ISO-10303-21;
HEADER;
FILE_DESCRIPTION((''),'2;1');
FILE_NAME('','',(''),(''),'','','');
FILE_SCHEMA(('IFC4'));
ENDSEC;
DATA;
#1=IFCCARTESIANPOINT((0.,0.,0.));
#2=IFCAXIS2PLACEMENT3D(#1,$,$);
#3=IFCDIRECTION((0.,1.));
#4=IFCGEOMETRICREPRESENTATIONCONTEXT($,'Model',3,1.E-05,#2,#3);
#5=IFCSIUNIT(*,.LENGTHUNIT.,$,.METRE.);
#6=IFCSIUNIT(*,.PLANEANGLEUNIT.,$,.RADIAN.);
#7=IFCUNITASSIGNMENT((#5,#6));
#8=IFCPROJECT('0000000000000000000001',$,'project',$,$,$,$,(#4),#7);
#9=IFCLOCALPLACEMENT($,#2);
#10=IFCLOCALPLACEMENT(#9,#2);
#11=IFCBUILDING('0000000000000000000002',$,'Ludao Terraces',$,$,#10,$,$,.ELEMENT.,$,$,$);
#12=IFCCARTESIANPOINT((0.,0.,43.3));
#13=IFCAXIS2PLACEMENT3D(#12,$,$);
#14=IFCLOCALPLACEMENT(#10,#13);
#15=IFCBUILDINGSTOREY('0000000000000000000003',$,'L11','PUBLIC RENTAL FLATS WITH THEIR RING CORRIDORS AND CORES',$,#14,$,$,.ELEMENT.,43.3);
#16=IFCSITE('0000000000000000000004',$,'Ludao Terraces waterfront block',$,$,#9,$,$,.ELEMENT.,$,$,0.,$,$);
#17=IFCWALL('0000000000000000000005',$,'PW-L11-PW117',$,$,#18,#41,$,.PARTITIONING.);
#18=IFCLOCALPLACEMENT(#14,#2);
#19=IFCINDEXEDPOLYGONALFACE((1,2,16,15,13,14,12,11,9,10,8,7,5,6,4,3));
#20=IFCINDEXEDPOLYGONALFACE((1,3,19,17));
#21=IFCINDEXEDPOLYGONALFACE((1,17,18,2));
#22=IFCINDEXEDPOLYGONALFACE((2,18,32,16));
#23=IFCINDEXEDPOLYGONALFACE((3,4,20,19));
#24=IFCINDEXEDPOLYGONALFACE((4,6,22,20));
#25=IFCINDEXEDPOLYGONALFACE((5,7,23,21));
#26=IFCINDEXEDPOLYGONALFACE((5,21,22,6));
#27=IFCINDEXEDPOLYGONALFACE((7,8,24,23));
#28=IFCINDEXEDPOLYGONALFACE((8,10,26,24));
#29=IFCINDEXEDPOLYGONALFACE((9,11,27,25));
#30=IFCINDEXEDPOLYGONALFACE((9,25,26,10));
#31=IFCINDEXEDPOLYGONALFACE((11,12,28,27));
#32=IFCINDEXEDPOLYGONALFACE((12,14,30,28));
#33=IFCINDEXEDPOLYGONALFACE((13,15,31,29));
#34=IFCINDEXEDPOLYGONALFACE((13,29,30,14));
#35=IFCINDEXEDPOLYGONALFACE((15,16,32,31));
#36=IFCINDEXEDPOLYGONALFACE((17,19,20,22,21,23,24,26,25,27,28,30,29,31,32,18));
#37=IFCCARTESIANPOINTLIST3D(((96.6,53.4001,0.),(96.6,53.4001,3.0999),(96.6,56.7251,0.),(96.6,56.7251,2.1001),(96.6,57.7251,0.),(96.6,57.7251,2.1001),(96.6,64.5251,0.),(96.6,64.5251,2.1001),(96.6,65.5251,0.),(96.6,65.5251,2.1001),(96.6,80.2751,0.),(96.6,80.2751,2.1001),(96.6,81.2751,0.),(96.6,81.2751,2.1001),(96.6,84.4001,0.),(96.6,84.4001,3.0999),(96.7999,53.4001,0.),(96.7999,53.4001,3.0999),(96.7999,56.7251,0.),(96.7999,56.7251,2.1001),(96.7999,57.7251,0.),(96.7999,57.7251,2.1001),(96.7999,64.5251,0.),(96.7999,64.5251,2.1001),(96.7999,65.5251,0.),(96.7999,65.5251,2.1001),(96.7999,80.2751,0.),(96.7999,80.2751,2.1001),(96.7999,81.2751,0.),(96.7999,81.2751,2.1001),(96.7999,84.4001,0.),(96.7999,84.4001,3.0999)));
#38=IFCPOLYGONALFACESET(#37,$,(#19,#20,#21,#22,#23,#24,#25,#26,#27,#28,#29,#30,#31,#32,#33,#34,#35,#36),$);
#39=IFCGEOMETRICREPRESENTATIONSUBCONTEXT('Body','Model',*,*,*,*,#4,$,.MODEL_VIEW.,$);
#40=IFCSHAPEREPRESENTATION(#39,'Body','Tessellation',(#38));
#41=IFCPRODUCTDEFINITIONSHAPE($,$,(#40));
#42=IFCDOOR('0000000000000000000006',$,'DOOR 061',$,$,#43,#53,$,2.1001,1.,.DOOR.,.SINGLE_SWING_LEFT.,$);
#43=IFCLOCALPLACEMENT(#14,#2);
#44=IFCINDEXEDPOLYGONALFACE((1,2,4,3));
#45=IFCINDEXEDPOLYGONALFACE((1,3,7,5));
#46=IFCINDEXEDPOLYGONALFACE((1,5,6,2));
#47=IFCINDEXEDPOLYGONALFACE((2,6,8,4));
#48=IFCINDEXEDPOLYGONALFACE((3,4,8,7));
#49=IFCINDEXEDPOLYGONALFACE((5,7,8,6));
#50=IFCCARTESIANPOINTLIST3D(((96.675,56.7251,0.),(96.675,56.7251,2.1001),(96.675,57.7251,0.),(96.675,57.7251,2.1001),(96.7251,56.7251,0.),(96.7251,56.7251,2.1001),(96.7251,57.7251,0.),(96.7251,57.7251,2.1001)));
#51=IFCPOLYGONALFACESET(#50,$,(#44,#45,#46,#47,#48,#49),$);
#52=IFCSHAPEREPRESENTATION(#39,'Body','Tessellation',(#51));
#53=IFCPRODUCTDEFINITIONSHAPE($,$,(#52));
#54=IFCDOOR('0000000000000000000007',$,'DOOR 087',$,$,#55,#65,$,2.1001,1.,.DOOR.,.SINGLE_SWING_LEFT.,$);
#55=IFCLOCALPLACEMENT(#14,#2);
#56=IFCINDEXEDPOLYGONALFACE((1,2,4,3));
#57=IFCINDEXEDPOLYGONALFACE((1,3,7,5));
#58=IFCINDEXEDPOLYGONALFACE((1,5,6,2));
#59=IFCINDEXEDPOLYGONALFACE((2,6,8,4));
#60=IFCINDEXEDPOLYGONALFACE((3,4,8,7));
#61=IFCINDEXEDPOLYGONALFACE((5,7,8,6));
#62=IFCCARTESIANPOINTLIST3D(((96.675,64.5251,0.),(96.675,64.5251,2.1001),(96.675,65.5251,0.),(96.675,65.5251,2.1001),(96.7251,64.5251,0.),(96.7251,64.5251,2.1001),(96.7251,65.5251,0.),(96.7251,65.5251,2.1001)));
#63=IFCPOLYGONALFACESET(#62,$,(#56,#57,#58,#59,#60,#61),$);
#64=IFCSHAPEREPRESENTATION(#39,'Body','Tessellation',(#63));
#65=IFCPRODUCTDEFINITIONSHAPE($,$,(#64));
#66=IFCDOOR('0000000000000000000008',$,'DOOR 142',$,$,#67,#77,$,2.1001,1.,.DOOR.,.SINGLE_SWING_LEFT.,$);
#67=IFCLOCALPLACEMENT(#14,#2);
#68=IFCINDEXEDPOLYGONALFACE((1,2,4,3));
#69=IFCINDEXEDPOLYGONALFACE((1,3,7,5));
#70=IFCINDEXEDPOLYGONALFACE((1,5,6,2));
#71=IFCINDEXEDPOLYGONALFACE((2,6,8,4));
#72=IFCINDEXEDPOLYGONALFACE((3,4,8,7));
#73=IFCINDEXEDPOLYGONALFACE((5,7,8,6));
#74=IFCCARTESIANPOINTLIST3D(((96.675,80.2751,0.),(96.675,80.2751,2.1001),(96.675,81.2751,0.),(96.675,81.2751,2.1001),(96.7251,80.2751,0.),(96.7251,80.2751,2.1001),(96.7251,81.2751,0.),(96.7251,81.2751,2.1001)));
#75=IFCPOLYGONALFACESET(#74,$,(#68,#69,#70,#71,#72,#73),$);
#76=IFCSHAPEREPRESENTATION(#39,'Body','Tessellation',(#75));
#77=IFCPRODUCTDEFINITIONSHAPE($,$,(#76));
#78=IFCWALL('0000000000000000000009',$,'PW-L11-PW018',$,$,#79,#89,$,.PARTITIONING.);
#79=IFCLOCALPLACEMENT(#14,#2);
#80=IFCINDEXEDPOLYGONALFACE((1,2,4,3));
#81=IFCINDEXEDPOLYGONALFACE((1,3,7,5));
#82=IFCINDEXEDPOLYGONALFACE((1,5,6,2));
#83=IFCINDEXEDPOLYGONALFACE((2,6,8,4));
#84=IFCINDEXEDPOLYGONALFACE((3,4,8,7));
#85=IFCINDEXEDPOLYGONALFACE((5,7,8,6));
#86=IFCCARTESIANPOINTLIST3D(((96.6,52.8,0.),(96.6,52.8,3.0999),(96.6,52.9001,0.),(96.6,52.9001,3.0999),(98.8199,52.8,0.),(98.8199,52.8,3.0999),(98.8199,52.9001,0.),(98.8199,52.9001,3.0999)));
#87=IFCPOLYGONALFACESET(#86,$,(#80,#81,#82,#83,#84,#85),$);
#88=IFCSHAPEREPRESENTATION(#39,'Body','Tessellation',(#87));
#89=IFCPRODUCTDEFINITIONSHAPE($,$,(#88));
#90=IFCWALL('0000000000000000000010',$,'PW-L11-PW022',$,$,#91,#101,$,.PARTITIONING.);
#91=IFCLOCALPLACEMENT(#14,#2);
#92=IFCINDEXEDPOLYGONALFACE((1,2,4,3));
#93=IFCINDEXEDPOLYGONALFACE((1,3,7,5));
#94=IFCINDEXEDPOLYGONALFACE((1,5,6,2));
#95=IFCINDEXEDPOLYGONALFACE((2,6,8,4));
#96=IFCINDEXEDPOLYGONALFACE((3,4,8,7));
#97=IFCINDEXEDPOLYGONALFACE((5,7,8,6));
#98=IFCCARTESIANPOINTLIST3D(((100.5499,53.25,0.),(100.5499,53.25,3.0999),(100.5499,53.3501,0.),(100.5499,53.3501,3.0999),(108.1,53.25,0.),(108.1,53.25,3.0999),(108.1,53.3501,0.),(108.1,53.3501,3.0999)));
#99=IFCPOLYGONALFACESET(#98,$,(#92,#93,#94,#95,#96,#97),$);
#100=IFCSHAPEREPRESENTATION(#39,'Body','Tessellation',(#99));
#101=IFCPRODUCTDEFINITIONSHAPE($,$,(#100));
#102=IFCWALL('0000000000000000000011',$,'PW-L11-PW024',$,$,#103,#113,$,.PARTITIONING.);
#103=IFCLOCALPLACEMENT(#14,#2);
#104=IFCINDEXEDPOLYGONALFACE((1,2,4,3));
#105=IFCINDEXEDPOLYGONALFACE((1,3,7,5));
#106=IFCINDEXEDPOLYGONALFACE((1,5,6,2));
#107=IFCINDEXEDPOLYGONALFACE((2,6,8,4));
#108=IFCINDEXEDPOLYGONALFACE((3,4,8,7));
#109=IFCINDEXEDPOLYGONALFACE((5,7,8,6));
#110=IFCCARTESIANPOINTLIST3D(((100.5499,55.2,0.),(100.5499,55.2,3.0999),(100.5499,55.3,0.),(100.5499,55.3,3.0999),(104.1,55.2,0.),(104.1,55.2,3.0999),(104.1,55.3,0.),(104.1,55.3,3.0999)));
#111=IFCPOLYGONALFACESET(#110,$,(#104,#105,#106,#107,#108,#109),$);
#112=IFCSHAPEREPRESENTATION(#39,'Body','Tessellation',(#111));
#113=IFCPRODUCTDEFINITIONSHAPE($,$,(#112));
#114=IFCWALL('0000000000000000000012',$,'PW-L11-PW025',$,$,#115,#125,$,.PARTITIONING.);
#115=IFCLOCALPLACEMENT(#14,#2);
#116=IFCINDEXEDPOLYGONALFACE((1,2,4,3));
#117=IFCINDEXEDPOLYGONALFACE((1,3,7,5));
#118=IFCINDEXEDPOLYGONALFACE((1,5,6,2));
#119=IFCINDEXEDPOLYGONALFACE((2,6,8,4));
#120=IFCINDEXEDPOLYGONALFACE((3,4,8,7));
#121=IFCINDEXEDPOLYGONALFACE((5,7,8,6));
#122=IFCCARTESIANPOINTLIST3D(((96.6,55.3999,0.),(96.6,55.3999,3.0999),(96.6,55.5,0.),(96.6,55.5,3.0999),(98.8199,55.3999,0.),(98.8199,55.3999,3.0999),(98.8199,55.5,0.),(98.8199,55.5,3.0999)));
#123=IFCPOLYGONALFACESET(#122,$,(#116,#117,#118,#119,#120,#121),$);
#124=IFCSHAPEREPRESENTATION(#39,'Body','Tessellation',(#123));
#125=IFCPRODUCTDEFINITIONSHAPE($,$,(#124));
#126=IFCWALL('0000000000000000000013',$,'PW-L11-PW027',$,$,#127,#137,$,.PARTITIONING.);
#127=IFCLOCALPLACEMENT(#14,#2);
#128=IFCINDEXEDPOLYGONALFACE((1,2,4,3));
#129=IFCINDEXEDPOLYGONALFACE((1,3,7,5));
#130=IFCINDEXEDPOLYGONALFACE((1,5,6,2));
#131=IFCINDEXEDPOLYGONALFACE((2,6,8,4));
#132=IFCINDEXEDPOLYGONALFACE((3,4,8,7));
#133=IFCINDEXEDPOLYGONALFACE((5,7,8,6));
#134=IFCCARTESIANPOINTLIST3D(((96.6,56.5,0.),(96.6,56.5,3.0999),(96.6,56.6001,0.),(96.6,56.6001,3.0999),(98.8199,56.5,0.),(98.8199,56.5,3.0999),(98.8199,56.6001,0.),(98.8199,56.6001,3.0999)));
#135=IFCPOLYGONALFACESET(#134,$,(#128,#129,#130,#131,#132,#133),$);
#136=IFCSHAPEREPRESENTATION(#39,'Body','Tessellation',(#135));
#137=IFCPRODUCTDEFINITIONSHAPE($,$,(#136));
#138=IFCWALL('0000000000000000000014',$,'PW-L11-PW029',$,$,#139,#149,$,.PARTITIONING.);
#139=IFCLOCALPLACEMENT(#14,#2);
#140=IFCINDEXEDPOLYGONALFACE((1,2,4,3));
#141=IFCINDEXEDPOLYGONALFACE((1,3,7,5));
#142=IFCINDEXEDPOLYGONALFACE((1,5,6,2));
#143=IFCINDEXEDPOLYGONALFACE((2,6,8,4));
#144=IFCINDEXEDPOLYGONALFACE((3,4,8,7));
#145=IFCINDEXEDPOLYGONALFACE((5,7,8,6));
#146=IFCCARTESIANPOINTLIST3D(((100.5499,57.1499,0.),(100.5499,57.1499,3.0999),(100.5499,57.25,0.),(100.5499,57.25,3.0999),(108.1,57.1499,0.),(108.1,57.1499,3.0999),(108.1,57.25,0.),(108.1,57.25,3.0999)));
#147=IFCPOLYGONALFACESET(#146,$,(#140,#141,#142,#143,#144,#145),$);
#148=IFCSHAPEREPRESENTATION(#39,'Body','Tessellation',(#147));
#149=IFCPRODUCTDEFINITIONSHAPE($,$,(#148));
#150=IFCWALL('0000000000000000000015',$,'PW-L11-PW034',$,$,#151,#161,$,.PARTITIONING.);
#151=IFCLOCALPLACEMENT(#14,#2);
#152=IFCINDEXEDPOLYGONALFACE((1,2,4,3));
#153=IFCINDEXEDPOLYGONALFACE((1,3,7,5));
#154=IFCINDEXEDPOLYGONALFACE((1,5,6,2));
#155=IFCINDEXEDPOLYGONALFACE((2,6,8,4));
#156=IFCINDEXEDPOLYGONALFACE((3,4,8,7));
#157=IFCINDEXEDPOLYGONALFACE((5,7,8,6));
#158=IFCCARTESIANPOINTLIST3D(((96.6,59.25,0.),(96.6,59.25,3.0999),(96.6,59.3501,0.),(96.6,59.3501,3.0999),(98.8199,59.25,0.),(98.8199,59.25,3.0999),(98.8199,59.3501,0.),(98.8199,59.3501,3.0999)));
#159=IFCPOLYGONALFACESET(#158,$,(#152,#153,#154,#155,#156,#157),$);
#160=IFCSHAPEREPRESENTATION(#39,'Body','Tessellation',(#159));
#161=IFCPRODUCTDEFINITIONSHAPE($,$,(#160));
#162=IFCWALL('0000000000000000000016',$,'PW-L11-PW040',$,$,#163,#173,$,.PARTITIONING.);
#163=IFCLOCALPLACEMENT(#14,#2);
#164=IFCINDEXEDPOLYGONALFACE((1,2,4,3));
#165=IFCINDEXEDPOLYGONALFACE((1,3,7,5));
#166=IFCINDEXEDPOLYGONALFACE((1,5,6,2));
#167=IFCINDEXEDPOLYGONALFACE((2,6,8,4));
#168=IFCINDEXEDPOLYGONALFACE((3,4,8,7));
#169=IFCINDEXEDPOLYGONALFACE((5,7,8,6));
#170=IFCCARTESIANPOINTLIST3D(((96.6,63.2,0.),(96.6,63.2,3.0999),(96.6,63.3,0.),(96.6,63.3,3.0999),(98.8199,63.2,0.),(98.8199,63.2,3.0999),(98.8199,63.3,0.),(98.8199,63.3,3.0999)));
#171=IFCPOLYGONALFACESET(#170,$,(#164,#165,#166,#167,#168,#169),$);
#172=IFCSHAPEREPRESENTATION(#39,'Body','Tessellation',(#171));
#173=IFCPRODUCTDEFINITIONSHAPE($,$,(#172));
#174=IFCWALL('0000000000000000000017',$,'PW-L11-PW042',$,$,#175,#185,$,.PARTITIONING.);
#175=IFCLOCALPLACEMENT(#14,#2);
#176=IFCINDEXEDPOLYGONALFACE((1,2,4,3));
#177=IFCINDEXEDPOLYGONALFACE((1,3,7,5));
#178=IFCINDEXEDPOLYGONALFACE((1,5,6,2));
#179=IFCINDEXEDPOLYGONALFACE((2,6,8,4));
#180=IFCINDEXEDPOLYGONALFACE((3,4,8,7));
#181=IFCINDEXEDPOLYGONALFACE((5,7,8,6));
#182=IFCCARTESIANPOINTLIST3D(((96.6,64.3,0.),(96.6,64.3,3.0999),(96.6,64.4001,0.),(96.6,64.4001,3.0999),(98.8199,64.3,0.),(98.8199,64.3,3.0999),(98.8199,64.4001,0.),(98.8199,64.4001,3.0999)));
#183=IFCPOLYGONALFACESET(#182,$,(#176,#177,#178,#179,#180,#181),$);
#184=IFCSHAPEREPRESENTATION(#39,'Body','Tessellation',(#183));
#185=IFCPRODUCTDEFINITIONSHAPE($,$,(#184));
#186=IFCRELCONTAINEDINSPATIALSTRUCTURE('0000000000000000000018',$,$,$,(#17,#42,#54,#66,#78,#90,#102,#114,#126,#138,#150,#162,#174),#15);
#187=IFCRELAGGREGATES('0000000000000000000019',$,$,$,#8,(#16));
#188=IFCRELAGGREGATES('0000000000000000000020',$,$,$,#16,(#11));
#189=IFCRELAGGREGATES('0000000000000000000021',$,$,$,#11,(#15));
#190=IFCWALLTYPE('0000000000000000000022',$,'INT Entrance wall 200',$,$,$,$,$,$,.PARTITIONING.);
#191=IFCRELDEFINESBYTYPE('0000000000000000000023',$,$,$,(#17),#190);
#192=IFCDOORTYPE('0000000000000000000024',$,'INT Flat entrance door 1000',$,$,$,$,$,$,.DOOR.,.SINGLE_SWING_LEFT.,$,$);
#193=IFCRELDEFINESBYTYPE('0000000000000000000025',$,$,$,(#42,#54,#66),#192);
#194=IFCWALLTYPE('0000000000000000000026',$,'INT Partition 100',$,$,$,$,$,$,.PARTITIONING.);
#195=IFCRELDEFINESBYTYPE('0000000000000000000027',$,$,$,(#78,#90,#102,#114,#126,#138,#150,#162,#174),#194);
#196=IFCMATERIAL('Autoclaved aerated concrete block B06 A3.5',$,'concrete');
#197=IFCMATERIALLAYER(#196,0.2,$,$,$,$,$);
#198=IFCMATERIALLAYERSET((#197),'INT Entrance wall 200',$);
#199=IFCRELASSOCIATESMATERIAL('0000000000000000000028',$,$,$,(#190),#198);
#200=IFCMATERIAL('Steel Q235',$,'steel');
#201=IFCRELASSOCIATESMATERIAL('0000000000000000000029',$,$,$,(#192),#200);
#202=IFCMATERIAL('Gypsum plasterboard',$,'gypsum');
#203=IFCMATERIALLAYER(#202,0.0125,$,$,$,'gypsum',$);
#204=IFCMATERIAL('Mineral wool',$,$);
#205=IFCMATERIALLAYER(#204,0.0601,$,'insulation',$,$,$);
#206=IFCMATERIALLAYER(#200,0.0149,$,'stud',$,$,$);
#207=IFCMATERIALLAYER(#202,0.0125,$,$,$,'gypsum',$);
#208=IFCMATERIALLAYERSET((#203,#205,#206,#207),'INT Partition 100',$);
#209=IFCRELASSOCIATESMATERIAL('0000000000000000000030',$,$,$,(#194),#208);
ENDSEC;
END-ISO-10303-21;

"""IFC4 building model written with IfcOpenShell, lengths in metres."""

from ifc_helpers import new_model, si_unit, direction, frame, frame_2d, origin, place, context, subcontext, project, spatial, rectangle, extrude, material, layer, layer_set, type_object, element, fill, save


model = new_model("IFC4")

# Units and contexts
model_context = context("Model", 3, precision=1e-05, world=origin(), true_north=direction((0.0, 1.0)))
body_context = subcontext(model_context, "Body", "Model", "MODEL_VIEW")
ifc_project = project(units=[si_unit("LENGTHUNIT", "METRE"), si_unit("PLANEANGLEUNIT", "RADIAN")], contexts=[model_context])

# Site, building, storey
site_placement = place(None, origin())
site = spatial("IfcSite", under=ifc_project, at=site_placement, Name="Ludao Terraces waterfront block", CompositionType="ELEMENT", RefElevation=0.0)
building_placement = place(site_placement, origin())
building = spatial("IfcBuilding", under=site, at=building_placement, Name="Ludao Terraces", CompositionType="ELEMENT")
storey_placement = place(building_placement, frame((0.0, 0.0, 43.3)))
storey = spatial("IfcBuildingStorey", under=building, at=storey_placement, Name="L11", Description="PUBLIC RENTAL FLATS WITH THEIR RING CORRIDORS AND CORES", CompositionType="ELEMENT", Elevation=43.3)

# Wall, openings, doors
ifc_material_1 = material(Name="Autoclaved aerated concrete block B06 A3.5", Category="concrete")
ifc_layer_1 = layer(ifc_material_1, 0.2)
ifc_layer_set_1 = layer_set([ifc_layer_1], Name="INT Entrance wall 200")
wall_type_1 = type_object("IfcWallType", Name="INT Entrance wall 200", PredefinedType="PARTITIONING", material=ifc_layer_set_1)
wall_1_placement = place(storey_placement, frame((96.7, 53.4001, 0.0), z_axis=(0.0, 0.0, 1.0), x_axis=(0.0, 1.0, 0.0)))
wall_1 = element("IfcWall", 1, at=wall_1_placement, inside=storey, type_object=wall_type_1, Name="PW-L11-PW117", PredefinedType="PARTITIONING", context=body_context, shape_type="SweptSolid", body=[
    extrude(rectangle(XDim=31.0, YDim=0.2, at=frame_2d((15.5, 0.0))), origin(), (0.0, 0.0, 1.0), 3.0999),
])
opening_1_placement = place(wall_1_placement, frame((3.325, 0.0, 0.0)))
opening_1 = element("IfcOpeningElement", 2, at=opening_1_placement, cuts=wall_1, PredefinedType="OPENING", context=body_context, shape_type="SweptSolid", body=[
    extrude(rectangle(XDim=1.0, YDim=2.1001, at=frame_2d((0.5, 1.05))), frame((0.0, 0.1099, 0.0), z_axis=(0.0, -1.0, 0.0), x_axis=(1.0, 0.0, 0.0)), (0.0, 0.0, 1.0), 0.22),
])
opening_2_placement = place(wall_1_placement, frame((11.125, 0.0, 0.0)))
opening_2 = element("IfcOpeningElement", 3, at=opening_2_placement, cuts=wall_1, PredefinedType="OPENING", context=body_context, shape_type="SweptSolid", body=[
    extrude(rectangle(XDim=1.0, YDim=2.1001, at=frame_2d((0.5, 1.05))), frame((0.0, 0.1099, 0.0), z_axis=(0.0, -1.0, 0.0), x_axis=(1.0, 0.0, 0.0)), (0.0, 0.0, 1.0), 0.22),
])
opening_3_placement = place(wall_1_placement, frame((26.875, 0.0, 0.0)))
opening_3 = element("IfcOpeningElement", 4, at=opening_3_placement, cuts=wall_1, PredefinedType="OPENING", context=body_context, shape_type="SweptSolid", body=[
    extrude(rectangle(XDim=1.0, YDim=2.1001, at=frame_2d((0.5, 1.05))), frame((0.0, 0.1099, 0.0), z_axis=(0.0, -1.0, 0.0), x_axis=(1.0, 0.0, 0.0)), (0.0, 0.0, 1.0), 0.22),
])
ifc_material_2 = material(Name="Steel Q235", Category="steel")
door_type_1 = type_object("IfcDoorType", Name="INT Flat entrance door 1000", OperationType="SINGLE_SWING_LEFT", PredefinedType="DOOR", material=ifc_material_2)
door_1_placement = place(opening_1_placement, origin())
door_1 = element("IfcDoor", 5, at=door_1_placement, inside=storey, type_object=door_type_1, Name="DOOR 061", OperationType="SINGLE_SWING_LEFT", OverallHeight=2.1001, OverallWidth=1.0, PredefinedType="DOOR", context=body_context, shape_type="SweptSolid", body=[
    extrude(rectangle(XDim=1.0, YDim=2.1001, at=frame_2d((0.5, 1.05))), frame((0.0, 0.0249, 0.0), z_axis=(0.0, -1.0, 0.0), x_axis=(1.0, 0.0, 0.0)), (0.0, 0.0, 1.0), 0.05),
])
fill(opening_1, door_1)
door_2_placement = place(opening_2_placement, origin())
door_2 = element("IfcDoor", 6, at=door_2_placement, inside=storey, type_object=door_type_1, Name="DOOR 087", OperationType="SINGLE_SWING_LEFT", OverallHeight=2.1001, OverallWidth=1.0, PredefinedType="DOOR", context=body_context, shape_type="SweptSolid", body=[
    extrude(rectangle(XDim=1.0, YDim=2.1001, at=frame_2d((0.5, 1.05))), frame((0.0, 0.0249, 0.0), z_axis=(0.0, -1.0, 0.0), x_axis=(1.0, 0.0, 0.0)), (0.0, 0.0, 1.0), 0.05),
])
fill(opening_2, door_2)
door_3_placement = place(opening_3_placement, origin())
door_3 = element("IfcDoor", 7, at=door_3_placement, inside=storey, type_object=door_type_1, Name="DOOR 142", OperationType="SINGLE_SWING_LEFT", OverallHeight=2.1001, OverallWidth=1.0, PredefinedType="DOOR", context=body_context, shape_type="SweptSolid", body=[
    extrude(rectangle(XDim=1.0, YDim=2.1001, at=frame_2d((0.5, 1.05))), frame((0.0, 0.0249, 0.0), z_axis=(0.0, -1.0, 0.0), x_axis=(1.0, 0.0, 0.0)), (0.0, 0.0, 1.0), 0.05),
])
fill(opening_3, door_3)

# Walls
ifc_material_3 = material(Name="Gypsum plasterboard", Category="gypsum")
ifc_layer_2 = layer(ifc_material_3, 0.0125, Category="gypsum")
ifc_material_4 = material(Name="Mineral wool")
ifc_layer_3 = layer(ifc_material_4, 0.0601, Name="insulation")
ifc_layer_4 = layer(ifc_material_2, 0.0149, Name="stud")
ifc_layer_5 = layer(ifc_material_3, 0.0125, Category="gypsum")
ifc_layer_set_2 = layer_set([ifc_layer_2, ifc_layer_3, ifc_layer_4, ifc_layer_5], Name="INT Partition 100")
wall_type_2 = type_object("IfcWallType", Name="INT Partition 100", PredefinedType="PARTITIONING", material=ifc_layer_set_2)
wall_2_placement = place(storey_placement, frame((96.6001, 52.8501, 0.0), z_axis=(0.0, 0.0, 1.0), x_axis=(1.0, 0.0, 0.0)))
element("IfcWall", 8, at=wall_2_placement, inside=storey, type_object=wall_type_2, Name="PW-L11-PW018", PredefinedType="PARTITIONING", context=body_context, shape_type="SweptSolid", body=[
    extrude(rectangle(XDim=2.22, YDim=0.1001, at=frame_2d((1.1099, 0.0))), origin(), (0.0, 0.0, 1.0), 3.0999),
])
wall_3_placement = place(storey_placement, frame((100.55, 53.3, 0.0), z_axis=(0.0, 0.0, 1.0), x_axis=(1.0, 0.0, 0.0)))
element("IfcWall", 9, at=wall_3_placement, inside=storey, type_object=wall_type_2, Name="PW-L11-PW022", PredefinedType="PARTITIONING", context=body_context, shape_type="SweptSolid", body=[
    extrude(rectangle(XDim=7.55, YDim=0.1001, at=frame_2d((3.7749, 0.0))), origin(), (0.0, 0.0, 1.0), 3.0999),
])
wall_4_placement = place(storey_placement, frame((100.55, 55.25, 0.0), z_axis=(0.0, 0.0, 1.0), x_axis=(1.0, 0.0, 0.0)))
element("IfcWall", 10, at=wall_4_placement, inside=storey, type_object=wall_type_2, Name="PW-L11-PW024", PredefinedType="PARTITIONING", context=body_context, shape_type="SweptSolid", body=[
    extrude(rectangle(XDim=3.55, YDim=0.1001, at=frame_2d((1.7749, 0.0))), origin(), (0.0, 0.0, 1.0), 3.0999),
])
for number, where, z_axis, x_axis, name in (
    (11, (96.6001, 55.45, 0.0), (0.0, 0.0, 1.0), (1.0, 0.0, 0.0), "PW-L11-PW025"),
    (12, (96.6001, 56.55, 0.0), (0.0, 0.0, 1.0), (1.0, 0.0, 0.0), "PW-L11-PW027"),
):
    element("IfcWall", number, at=place(storey_placement, frame(where, z_axis=z_axis, x_axis=x_axis)), inside=storey, type_object=wall_type_2, Name=name, PredefinedType="PARTITIONING", context=body_context, shape_type="SweptSolid", body=[
        extrude(rectangle(XDim=2.22, YDim=0.1001, at=frame_2d((1.1099, 0.0))), origin(), (0.0, 0.0, 1.0), 3.0999),
    ])
wall_5_placement = place(storey_placement, frame((100.55, 57.2, 0.0), z_axis=(0.0, 0.0, 1.0), x_axis=(1.0, 0.0, 0.0)))
element("IfcWall", 13, at=wall_5_placement, inside=storey, type_object=wall_type_2, Name="PW-L11-PW029", PredefinedType="PARTITIONING", context=body_context, shape_type="SweptSolid", body=[
    extrude(rectangle(XDim=7.55, YDim=0.1001, at=frame_2d((3.7749, 0.0))), origin(), (0.0, 0.0, 1.0), 3.0999),
])
for number, where, z_axis, x_axis, name in (
    (14, (96.6001, 59.3, 0.0), (0.0, 0.0, 1.0), (1.0, 0.0, 0.0), "PW-L11-PW034"),
    (15, (96.6001, 63.25, 0.0), (0.0, 0.0, 1.0), (1.0, 0.0, 0.0), "PW-L11-PW040"),
    (16, (96.6001, 64.3501, 0.0), (0.0, 0.0, 1.0), (1.0, 0.0, 0.0), "PW-L11-PW042"),
):
    element("IfcWall", number, at=place(storey_placement, frame(where, z_axis=z_axis, x_axis=x_axis)), inside=storey, type_object=wall_type_2, Name=name, PredefinedType="PARTITIONING", context=body_context, shape_type="SweptSolid", body=[
        extrude(rectangle(XDim=2.22, YDim=0.1001, at=frame_2d((1.1099, 0.0))), origin(), (0.0, 0.0, 1.0), 3.0999),
    ])

save(model, "model.ifc")
